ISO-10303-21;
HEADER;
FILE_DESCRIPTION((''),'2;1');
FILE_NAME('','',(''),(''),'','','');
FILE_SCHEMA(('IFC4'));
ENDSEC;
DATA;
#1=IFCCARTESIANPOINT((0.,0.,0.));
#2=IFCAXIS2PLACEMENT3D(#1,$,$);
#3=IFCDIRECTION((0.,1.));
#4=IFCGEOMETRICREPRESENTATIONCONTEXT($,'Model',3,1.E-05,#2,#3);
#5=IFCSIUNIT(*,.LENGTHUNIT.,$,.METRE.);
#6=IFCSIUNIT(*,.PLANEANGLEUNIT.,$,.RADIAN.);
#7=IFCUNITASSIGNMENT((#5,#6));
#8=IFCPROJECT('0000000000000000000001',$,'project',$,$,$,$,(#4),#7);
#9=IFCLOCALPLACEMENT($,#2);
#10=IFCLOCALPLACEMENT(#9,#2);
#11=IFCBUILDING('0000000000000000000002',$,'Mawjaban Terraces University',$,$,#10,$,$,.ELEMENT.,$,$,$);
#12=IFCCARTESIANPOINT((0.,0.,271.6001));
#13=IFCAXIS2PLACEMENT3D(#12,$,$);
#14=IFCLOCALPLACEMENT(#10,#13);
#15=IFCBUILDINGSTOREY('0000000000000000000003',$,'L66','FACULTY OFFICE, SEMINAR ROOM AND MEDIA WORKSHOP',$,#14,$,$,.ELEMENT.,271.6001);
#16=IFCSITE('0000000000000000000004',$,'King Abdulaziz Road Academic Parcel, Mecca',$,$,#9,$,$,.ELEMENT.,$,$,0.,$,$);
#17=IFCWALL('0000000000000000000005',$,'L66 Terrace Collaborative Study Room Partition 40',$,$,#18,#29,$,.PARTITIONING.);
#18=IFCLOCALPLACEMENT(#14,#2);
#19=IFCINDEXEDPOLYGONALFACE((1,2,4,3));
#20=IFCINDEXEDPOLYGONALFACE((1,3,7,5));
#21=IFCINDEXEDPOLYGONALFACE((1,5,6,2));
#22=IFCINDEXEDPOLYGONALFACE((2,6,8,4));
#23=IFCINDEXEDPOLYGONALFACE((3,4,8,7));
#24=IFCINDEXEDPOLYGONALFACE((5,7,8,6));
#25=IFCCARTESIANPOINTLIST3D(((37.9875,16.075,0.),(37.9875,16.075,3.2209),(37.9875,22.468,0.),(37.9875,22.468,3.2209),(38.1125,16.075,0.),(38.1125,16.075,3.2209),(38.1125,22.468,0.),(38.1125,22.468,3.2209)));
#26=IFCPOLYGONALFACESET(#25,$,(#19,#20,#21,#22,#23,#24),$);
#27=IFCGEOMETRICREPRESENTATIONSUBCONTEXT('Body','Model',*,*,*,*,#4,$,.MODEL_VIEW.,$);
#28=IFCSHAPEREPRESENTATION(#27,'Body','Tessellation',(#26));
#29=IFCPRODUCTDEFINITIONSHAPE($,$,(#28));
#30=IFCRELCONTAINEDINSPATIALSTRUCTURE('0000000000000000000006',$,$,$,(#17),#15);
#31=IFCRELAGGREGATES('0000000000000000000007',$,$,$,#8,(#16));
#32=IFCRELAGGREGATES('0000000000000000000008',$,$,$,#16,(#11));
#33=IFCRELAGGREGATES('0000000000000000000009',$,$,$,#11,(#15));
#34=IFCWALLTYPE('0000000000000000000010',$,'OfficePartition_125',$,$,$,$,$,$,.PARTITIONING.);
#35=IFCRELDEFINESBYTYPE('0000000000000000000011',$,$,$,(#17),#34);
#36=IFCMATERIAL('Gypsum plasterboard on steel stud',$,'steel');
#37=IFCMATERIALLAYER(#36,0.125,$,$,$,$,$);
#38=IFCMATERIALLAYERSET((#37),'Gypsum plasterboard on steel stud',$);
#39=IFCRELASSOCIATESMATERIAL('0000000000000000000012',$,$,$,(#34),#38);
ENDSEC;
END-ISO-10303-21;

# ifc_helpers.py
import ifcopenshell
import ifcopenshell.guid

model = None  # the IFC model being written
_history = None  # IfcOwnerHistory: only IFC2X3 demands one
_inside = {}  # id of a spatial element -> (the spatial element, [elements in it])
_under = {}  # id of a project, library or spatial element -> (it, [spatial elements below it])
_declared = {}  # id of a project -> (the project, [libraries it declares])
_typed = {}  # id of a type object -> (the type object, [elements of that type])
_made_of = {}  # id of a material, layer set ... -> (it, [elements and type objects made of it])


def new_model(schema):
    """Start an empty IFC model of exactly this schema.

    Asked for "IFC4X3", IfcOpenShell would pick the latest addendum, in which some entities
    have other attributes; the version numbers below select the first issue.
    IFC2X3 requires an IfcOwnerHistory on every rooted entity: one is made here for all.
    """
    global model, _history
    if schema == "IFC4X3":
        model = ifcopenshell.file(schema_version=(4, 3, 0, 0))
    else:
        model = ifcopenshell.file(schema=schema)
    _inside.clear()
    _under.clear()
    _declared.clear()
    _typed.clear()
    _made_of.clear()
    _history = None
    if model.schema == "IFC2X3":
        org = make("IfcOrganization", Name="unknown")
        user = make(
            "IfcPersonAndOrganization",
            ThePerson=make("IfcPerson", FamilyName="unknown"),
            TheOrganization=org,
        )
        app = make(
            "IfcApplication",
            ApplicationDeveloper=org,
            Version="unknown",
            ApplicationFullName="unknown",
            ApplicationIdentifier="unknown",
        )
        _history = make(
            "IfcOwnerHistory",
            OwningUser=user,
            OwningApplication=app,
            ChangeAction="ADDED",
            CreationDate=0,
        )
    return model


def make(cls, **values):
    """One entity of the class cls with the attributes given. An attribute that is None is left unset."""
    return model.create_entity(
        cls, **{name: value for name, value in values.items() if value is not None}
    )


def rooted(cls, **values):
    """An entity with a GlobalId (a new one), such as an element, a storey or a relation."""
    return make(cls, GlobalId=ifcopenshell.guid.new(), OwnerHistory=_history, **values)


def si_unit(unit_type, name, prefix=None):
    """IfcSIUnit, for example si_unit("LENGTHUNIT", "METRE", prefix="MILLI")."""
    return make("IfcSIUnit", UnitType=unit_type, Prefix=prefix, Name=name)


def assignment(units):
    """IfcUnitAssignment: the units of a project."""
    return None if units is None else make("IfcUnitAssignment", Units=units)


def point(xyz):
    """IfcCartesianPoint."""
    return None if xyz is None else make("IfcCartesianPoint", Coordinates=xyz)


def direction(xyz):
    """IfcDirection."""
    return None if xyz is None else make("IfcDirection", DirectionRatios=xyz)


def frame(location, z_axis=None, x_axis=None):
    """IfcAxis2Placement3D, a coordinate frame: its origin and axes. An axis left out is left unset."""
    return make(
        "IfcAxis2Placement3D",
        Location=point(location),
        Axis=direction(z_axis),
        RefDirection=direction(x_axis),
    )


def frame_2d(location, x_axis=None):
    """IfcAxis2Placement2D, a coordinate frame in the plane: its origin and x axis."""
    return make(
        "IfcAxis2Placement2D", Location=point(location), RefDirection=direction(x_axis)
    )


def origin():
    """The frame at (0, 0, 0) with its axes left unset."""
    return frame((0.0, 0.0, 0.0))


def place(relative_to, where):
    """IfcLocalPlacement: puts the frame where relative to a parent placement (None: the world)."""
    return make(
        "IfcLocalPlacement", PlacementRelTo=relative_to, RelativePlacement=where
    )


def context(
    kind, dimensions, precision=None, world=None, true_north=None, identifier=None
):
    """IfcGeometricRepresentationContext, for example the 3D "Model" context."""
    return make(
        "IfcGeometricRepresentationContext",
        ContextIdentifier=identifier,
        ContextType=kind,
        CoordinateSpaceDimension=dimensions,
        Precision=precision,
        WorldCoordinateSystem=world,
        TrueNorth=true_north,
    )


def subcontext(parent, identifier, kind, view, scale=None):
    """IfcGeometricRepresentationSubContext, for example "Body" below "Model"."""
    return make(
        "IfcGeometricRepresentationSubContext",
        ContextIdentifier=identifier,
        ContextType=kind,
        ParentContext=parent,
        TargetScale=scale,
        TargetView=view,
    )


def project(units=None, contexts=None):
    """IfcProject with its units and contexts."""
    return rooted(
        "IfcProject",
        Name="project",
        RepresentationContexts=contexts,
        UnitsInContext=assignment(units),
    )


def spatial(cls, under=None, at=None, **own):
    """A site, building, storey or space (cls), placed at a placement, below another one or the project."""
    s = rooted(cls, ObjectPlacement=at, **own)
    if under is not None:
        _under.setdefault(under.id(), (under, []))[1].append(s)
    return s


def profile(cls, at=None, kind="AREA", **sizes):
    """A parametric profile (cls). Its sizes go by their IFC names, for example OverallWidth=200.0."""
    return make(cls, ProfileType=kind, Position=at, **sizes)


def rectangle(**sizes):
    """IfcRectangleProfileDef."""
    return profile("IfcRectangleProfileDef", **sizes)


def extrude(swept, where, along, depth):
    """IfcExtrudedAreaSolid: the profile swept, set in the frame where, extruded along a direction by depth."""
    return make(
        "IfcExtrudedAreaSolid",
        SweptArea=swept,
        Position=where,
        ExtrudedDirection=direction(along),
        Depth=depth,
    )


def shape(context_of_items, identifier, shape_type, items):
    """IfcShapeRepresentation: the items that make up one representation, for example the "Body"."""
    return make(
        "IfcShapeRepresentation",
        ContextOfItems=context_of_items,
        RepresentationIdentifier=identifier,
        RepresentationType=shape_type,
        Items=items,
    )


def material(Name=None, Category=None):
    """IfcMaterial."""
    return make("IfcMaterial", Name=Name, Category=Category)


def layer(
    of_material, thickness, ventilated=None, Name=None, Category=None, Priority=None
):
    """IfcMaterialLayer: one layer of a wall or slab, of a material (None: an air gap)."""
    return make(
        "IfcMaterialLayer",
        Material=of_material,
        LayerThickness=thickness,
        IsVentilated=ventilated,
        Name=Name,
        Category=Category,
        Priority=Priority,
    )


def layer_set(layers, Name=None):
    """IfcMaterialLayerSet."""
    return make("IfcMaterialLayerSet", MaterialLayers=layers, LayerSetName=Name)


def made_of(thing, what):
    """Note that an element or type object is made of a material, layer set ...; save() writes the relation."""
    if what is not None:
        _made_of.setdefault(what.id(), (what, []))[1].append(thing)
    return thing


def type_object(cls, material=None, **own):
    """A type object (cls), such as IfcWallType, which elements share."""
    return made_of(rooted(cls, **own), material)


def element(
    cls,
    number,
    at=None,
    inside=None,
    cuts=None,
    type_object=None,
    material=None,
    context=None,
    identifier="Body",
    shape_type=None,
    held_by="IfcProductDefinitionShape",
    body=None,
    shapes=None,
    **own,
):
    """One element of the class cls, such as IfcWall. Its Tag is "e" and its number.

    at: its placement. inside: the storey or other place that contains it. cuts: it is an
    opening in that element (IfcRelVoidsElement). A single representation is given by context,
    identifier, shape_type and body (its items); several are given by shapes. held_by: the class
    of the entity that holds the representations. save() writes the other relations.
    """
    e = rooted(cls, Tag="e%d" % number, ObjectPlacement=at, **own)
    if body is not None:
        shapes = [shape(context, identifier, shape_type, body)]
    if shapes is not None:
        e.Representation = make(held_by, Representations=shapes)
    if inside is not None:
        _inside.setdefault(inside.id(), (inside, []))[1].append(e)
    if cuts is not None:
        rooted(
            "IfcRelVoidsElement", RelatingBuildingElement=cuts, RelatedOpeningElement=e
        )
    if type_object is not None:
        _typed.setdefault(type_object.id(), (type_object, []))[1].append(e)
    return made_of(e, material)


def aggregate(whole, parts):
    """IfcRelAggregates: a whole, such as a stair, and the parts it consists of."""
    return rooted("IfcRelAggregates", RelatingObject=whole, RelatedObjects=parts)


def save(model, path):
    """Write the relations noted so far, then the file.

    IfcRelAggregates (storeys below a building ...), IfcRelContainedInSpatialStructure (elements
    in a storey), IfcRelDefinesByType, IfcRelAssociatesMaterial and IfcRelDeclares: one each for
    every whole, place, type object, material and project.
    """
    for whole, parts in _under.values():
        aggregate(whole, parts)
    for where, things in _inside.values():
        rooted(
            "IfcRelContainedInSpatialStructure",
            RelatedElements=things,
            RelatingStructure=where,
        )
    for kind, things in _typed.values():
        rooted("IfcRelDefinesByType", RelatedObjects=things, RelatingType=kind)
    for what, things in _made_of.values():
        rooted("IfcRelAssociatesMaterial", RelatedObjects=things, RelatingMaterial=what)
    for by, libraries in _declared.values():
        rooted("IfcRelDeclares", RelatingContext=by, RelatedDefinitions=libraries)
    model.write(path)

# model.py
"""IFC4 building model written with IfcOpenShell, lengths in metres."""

from ifc_helpers import new_model, si_unit, direction, frame, frame_2d, origin, place, context, subcontext, project, spatial, rectangle, extrude, material, layer, layer_set, type_object, element, save


model = new_model("IFC4")

# Units and contexts
model_context = context("Model", 3, precision=1e-05, world=origin(), true_north=direction((0.0, 1.0)))
body_context = subcontext(model_context, "Body", "Model", "MODEL_VIEW")
ifc_project = project(units=[si_unit("LENGTHUNIT", "METRE"), si_unit("PLANEANGLEUNIT", "RADIAN")], contexts=[model_context])

# Site, building, storey
site_placement = place(None, origin())
site = spatial("IfcSite", under=ifc_project, at=site_placement, Name="King Abdulaziz Road Academic Parcel, Mecca", CompositionType="ELEMENT", RefElevation=0.0)
building_placement = place(site_placement, origin())
building = spatial("IfcBuilding", under=site, at=building_placement, Name="Mawjaban Terraces University", CompositionType="ELEMENT")
storey_placement = place(building_placement, frame((0.0, 0.0, 271.6001)))
storey = spatial("IfcBuildingStorey", under=building, at=storey_placement, Name="L66", Description="FACULTY OFFICE, SEMINAR ROOM AND MEDIA WORKSHOP", CompositionType="ELEMENT", Elevation=271.6001)

# Wall
ifc_material_1 = material(Name="Gypsum plasterboard on steel stud", Category="steel")
ifc_layer_1 = layer(ifc_material_1, 0.125)
ifc_layer_set_1 = layer_set([ifc_layer_1], Name="Gypsum plasterboard on steel stud")
wall_type_1 = type_object("IfcWallType", Name="OfficePartition_125", PredefinedType="PARTITIONING", material=ifc_layer_set_1)
wall_1_placement = place(storey_placement, frame((38.05, 22.468, 0.0), z_axis=(0.0, 0.0, 1.0), x_axis=(0.0, -1.0, 0.0)))
element("IfcWall", 1, at=wall_1_placement, inside=storey, type_object=wall_type_1, Name="L66 Terrace Collaborative Study Room Partition 40", PredefinedType="PARTITIONING", context=body_context, shape_type="SweptSolid", body=[
    extrude(rectangle(XDim=6.3931, YDim=0.125, at=frame_2d((3.1965, 0.0))), origin(), (0.0, 0.0, 1.0), 3.2209),
])

save(model, "model.ifc")
